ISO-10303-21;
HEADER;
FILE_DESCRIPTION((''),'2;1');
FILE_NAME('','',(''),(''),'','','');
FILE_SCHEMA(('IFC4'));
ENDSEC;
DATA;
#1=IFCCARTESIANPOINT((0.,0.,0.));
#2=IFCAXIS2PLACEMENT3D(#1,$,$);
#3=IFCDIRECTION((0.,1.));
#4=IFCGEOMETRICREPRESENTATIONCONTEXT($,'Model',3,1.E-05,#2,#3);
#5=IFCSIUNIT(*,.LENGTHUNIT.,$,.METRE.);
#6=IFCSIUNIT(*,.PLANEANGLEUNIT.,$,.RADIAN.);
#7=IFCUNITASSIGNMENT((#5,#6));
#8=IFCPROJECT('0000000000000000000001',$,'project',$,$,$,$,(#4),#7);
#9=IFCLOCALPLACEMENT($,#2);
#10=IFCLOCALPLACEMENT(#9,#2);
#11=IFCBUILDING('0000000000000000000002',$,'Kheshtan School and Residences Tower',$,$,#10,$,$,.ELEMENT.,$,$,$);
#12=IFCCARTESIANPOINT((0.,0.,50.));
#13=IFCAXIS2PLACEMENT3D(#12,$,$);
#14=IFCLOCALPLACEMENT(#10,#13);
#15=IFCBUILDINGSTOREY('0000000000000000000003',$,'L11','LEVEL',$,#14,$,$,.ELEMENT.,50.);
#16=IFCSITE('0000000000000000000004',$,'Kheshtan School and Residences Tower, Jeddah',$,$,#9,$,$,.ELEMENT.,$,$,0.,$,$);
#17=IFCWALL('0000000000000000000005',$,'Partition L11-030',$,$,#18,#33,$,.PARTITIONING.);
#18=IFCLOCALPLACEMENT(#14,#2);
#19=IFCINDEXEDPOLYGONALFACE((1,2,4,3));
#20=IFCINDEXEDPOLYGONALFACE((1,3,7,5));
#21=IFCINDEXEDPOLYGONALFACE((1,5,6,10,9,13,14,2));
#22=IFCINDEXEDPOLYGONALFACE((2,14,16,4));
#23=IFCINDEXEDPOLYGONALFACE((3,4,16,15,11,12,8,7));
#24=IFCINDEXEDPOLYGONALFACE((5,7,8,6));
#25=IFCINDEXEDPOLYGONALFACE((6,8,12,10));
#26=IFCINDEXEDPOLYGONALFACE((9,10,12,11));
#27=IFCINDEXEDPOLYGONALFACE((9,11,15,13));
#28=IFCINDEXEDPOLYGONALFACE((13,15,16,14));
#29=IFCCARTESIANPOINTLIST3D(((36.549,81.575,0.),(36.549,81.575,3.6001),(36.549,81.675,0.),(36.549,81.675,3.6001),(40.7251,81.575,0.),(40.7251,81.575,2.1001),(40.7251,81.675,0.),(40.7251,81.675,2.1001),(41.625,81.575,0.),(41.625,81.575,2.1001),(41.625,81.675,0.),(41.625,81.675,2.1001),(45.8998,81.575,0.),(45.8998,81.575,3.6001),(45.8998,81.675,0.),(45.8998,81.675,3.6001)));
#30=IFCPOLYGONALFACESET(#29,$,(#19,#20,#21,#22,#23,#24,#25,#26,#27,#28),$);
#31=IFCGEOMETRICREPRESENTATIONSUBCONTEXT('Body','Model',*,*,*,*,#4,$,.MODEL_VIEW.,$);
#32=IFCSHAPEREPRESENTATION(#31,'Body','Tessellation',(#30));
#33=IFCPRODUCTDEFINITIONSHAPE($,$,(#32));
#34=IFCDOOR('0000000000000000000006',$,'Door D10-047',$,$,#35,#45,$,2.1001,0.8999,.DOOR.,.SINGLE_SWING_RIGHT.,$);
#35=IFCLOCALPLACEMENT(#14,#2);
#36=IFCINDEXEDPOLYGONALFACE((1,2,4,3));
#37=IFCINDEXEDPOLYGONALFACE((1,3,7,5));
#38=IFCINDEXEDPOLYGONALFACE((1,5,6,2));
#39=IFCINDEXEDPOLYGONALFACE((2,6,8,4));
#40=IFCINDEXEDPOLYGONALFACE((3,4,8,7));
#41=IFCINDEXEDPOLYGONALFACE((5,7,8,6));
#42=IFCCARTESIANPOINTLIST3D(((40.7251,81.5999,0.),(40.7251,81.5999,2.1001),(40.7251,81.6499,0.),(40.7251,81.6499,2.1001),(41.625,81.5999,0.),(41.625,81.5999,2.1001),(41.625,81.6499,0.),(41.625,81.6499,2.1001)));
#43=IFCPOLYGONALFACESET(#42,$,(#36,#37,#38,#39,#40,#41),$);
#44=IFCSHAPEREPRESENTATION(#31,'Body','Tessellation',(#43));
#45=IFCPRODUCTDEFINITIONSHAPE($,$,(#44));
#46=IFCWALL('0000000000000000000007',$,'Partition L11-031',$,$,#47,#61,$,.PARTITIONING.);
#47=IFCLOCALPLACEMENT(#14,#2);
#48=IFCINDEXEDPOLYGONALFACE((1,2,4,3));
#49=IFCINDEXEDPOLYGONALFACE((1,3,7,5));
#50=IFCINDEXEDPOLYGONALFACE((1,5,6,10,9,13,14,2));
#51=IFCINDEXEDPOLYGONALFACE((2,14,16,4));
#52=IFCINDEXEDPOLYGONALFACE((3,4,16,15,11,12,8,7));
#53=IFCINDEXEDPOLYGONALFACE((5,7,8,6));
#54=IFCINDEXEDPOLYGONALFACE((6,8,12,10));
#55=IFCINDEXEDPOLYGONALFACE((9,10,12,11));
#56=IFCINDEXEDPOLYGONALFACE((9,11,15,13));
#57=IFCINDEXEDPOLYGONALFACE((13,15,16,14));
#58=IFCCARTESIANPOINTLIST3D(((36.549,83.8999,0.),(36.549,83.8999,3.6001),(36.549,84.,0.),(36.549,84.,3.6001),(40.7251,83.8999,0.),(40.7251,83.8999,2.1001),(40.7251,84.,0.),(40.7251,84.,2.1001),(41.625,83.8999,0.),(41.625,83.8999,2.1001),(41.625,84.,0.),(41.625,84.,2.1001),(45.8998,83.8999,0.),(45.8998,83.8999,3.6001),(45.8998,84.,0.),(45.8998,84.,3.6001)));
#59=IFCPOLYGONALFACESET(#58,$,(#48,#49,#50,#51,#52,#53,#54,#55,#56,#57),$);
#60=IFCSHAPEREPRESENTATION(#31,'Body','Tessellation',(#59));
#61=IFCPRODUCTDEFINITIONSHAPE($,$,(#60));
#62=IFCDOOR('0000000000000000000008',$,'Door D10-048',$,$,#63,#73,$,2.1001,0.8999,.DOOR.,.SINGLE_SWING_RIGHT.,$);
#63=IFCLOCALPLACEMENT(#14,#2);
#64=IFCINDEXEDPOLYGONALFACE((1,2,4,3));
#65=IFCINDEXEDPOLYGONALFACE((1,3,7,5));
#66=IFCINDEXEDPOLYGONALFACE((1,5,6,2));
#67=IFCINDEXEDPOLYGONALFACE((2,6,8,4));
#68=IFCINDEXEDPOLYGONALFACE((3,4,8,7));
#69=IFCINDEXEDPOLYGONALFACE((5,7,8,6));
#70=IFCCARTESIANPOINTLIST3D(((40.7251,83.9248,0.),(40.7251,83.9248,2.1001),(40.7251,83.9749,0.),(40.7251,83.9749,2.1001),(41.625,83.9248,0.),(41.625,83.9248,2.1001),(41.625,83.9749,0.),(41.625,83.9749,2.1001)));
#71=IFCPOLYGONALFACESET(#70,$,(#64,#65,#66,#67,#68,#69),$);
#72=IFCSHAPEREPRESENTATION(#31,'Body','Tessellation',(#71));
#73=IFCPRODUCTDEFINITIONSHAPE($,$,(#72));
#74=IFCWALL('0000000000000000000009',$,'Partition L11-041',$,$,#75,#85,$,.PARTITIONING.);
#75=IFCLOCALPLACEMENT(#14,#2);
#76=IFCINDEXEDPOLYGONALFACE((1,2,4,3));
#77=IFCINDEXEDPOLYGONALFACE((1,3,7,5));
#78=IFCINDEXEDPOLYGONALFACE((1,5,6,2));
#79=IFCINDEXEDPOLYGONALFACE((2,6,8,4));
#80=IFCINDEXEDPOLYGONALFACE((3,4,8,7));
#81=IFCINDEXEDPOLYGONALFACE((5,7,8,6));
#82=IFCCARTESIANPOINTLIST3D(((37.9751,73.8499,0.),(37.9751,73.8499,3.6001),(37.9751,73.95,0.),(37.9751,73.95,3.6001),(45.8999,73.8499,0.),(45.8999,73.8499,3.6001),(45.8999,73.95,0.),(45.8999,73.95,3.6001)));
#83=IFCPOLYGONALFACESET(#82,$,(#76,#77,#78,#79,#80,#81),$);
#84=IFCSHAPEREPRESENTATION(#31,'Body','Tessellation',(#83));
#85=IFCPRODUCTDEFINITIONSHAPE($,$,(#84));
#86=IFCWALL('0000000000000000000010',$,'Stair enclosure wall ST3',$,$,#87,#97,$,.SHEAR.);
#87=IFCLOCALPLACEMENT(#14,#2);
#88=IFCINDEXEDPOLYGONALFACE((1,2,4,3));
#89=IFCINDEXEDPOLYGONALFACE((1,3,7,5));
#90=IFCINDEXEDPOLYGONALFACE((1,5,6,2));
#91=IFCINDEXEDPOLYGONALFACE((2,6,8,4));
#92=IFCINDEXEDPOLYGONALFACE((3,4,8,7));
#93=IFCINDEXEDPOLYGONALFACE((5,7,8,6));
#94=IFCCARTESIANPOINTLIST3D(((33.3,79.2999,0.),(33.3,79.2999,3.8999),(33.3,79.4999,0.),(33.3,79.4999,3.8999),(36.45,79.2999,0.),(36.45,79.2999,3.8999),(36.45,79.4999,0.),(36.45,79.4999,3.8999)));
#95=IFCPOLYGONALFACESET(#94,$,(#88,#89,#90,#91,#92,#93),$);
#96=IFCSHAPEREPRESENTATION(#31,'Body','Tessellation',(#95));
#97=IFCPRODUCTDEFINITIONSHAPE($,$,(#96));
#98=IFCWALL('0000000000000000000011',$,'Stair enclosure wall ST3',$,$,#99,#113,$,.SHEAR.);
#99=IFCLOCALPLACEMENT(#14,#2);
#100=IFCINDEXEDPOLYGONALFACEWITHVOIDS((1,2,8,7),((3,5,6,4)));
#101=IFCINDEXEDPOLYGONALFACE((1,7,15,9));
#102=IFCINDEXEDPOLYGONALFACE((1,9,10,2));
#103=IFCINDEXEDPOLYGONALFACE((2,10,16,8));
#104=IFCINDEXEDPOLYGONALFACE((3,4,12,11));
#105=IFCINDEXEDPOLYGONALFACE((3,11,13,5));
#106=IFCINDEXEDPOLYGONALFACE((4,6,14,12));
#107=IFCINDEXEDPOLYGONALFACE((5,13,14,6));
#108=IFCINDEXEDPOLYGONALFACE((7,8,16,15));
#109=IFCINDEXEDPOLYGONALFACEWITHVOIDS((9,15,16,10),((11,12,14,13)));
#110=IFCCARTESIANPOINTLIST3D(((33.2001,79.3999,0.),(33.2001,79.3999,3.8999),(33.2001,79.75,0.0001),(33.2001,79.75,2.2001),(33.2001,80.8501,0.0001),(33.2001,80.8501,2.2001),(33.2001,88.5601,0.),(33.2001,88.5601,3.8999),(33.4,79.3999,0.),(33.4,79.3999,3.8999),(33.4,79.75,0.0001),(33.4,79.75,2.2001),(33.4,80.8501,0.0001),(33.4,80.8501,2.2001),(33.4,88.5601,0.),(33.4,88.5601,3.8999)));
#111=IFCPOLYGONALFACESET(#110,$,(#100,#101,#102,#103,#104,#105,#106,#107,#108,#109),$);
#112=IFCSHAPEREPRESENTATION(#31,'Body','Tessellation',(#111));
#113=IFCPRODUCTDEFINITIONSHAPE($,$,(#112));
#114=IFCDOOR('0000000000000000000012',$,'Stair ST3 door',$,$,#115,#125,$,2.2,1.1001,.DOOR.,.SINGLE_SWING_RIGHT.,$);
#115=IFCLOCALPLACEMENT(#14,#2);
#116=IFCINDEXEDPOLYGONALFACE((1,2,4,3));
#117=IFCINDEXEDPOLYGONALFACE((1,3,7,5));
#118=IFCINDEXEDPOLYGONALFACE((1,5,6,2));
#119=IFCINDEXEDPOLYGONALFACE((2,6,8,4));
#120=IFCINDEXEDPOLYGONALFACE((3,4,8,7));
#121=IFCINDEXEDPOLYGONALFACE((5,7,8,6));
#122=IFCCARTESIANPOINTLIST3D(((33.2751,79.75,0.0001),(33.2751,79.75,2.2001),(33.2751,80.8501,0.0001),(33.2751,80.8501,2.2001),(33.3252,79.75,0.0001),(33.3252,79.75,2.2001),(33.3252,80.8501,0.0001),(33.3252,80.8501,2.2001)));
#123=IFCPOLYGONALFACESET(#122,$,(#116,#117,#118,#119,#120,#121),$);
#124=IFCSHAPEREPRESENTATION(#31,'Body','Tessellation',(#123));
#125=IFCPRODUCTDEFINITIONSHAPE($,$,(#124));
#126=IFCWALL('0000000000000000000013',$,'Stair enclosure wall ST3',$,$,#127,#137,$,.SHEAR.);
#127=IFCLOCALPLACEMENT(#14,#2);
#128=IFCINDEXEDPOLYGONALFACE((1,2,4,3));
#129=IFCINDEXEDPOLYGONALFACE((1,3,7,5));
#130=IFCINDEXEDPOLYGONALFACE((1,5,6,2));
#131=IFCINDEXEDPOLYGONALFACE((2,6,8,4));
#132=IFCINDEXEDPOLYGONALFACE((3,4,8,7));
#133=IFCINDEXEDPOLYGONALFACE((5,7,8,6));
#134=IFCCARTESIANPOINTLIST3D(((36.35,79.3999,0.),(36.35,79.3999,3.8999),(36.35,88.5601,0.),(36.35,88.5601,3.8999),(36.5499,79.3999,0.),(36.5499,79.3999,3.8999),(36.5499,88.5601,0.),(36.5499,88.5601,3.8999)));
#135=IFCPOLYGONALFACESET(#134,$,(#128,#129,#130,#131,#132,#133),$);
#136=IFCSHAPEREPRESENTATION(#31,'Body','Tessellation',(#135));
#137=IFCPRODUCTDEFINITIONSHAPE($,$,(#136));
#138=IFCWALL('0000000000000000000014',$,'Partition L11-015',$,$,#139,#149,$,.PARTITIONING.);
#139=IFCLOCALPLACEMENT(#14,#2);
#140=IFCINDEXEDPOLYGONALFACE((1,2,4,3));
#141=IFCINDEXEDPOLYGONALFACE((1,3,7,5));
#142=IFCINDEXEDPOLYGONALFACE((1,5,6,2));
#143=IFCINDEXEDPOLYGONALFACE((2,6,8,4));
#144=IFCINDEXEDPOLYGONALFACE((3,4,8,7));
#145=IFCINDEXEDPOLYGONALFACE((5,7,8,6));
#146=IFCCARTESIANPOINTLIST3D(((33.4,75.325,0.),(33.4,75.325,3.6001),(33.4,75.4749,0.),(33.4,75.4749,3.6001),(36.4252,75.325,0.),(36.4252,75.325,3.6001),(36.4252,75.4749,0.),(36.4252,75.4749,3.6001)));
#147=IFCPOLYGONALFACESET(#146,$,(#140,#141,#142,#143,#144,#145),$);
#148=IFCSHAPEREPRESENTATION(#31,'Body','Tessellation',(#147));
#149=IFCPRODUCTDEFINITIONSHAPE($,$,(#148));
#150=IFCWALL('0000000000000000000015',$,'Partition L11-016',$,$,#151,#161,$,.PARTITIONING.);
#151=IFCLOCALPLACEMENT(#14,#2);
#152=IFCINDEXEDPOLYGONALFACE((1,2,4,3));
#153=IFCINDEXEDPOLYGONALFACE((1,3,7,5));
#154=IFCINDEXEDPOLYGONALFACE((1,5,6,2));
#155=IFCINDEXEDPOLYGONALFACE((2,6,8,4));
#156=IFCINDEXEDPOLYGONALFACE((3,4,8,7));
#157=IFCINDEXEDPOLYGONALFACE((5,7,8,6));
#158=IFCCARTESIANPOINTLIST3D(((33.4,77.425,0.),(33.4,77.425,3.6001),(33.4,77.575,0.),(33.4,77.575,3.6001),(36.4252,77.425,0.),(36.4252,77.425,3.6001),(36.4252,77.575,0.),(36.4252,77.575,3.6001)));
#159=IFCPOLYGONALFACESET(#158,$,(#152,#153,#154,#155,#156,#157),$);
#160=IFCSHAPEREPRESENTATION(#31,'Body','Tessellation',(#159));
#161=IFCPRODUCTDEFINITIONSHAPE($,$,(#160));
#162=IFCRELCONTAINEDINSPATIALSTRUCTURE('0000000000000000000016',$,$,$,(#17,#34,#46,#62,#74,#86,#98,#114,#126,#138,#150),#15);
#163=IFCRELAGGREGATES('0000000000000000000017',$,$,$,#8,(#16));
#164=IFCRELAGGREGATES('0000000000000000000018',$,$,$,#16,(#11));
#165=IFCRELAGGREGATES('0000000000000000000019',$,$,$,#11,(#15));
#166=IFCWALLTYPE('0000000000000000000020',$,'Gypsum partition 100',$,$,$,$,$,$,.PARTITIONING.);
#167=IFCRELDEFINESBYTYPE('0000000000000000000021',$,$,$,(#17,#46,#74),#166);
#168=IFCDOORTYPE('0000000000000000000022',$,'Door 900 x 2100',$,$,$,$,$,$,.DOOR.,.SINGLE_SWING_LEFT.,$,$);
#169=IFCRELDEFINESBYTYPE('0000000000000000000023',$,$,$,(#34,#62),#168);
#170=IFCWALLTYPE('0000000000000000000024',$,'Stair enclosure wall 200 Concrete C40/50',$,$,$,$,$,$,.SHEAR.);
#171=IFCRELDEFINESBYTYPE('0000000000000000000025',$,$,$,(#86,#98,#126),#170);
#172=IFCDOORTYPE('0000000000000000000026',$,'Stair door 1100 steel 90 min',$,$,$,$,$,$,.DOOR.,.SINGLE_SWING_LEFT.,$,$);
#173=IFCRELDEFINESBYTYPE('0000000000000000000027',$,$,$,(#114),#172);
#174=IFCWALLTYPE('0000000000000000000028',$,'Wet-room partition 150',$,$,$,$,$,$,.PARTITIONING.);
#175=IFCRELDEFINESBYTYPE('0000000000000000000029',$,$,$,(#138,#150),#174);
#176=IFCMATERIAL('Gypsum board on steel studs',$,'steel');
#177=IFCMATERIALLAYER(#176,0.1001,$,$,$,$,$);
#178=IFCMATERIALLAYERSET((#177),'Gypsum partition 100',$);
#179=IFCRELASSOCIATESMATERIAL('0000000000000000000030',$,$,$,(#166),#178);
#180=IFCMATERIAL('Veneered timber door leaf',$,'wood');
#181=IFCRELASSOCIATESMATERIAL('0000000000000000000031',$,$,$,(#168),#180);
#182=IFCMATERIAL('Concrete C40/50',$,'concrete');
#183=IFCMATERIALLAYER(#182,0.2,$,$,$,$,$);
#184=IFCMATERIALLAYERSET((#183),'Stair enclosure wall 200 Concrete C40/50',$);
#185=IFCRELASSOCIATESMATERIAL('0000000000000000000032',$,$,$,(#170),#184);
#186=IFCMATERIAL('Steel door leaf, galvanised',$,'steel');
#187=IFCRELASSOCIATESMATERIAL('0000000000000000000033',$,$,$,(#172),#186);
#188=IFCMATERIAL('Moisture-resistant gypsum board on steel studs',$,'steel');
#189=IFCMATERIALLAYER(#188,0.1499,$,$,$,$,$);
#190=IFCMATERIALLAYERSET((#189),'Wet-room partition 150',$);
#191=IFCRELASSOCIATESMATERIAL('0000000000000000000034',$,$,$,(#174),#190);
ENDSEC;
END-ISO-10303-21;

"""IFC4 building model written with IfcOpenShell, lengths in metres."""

from ifc_helpers import new_model, si_unit, direction, frame, frame_2d, origin, place, context, subcontext, project, spatial, rectangle, extrude, source, transform, mapped, material, layer, layer_set, type_object, element, fill, save


model = new_model("IFC4")

# Units and contexts
model_context = context("Model", 3, precision=1e-05, world=origin(), true_north=direction((0.0, 1.0)))
body_context = subcontext(model_context, "Body", "Model", "MODEL_VIEW")
ifc_project = project(units=[si_unit("LENGTHUNIT", "METRE"), si_unit("PLANEANGLEUNIT", "RADIAN")], contexts=[model_context])

# Site, building, storey
site_placement = place(None, origin())
site = spatial("IfcSite", under=ifc_project, at=site_placement, Name="Kheshtan School and Residences Tower, Jeddah", CompositionType="ELEMENT", RefElevation=0.0)
building_placement = place(site_placement, origin())
building = spatial("IfcBuilding", under=site, at=building_placement, Name="Kheshtan School and Residences Tower", CompositionType="ELEMENT")
storey_placement = place(building_placement, frame((0.0, 0.0, 50.0)))
storey = spatial("IfcBuildingStorey", under=building, at=storey_placement, Name="L11", Description="LEVEL", CompositionType="ELEMENT", Elevation=50.0)

# Shared definitions
ifc_material_1 = material(Name="Gypsum board on steel studs", Category="steel")
ifc_layer_1 = layer(ifc_material_1, 0.1001)
ifc_layer_set_1 = layer_set([ifc_layer_1], Name="Gypsum partition 100")
wall_type_1 = type_object("IfcWallType", Name="Gypsum partition 100", PredefinedType="PARTITIONING", material=ifc_layer_set_1)

# Walls, openings, doors
ifc_material_2 = material(Name="Veneered timber door leaf", Category="wood")
door_type_1 = type_object("IfcDoorType", Name="Door 900 x 2100", OperationType="SINGLE_SWING_LEFT", PredefinedType="DOOR", material=ifc_material_2)
shared_shape_1 = source(origin(), body_context, "Body", "SweptSolid", [
    extrude(rectangle(XDim=0.8999, YDim=2.1001, at=frame_2d((0.45, 1.05))), frame((0.0, 0.0249, 0.0), z_axis=(0.0, -1.0, 0.0), x_axis=(1.0, 0.0, 0.0)), (0.0, 0.0, 1.0), 0.05),
])
wall_1_placement = place(storey_placement, frame((36.5491, 81.625, 0.0), z_axis=(0.0, 0.0, 1.0), x_axis=(1.0, 0.0, 0.0)))
wall_1 = element("IfcWall", 1, at=wall_1_placement, inside=storey, type_object=wall_type_1, Name="Partition L11-030", PredefinedType="PARTITIONING", context=body_context, shape_type="SweptSolid", body=[
    extrude(rectangle(XDim=9.3508, YDim=0.1001, at=frame_2d((4.6753, 0.0))), origin(), (0.0, 0.0, 1.0), 3.6001),
])
opening_1_placement = place(wall_1_placement, frame((4.176, 0.0, 0.0)))
opening_1 = element("IfcOpeningElement", 2, at=opening_1_placement, cuts=wall_1, PredefinedType="OPENING", context=body_context, shape_type="SweptSolid", body=[
    extrude(rectangle(XDim=0.8999, YDim=2.1001, at=frame_2d((0.45, 1.05))), frame((0.0, 0.0601, 0.0), z_axis=(0.0, -1.0, 0.0), x_axis=(1.0, 0.0, 0.0)), (0.0, 0.0, 1.0), 0.1201),
])
door_1_placement = place(opening_1_placement, origin())
door_1 = element("IfcDoor", 3, at=door_1_placement, inside=storey, type_object=door_type_1, Name="Door D10-047", OperationType="SINGLE_SWING_RIGHT", OverallHeight=2.1001, OverallWidth=0.8999, PredefinedType="DOOR", context=body_context, shape_type="MappedRepresentation", body=[
    mapped(shared_shape_1, transform((0.0, 0.0, 0.0), x_axis=(1.0, 0.0, 0.0), y_axis=(0.0, 1.0, 0.0), z_axis=(0.0, 0.0, 1.0), scale=1.0)),
])
fill(opening_1, door_1)
wall_2_placement = place(storey_placement, frame((36.5491, 83.95, 0.0), z_axis=(0.0, 0.0, 1.0), x_axis=(1.0, 0.0, 0.0)))
wall_2 = element("IfcWall", 4, at=wall_2_placement, inside=storey, type_object=wall_type_1, Name="Partition L11-031", PredefinedType="PARTITIONING", context=body_context, shape_type="SweptSolid", body=[
    extrude(rectangle(XDim=9.3508, YDim=0.1001, at=frame_2d((4.6753, 0.0))), origin(), (0.0, 0.0, 1.0), 3.6001),
])
opening_2_placement = place(wall_2_placement, frame((4.176, 0.0, 0.0)))
opening_2 = element("IfcOpeningElement", 5, at=opening_2_placement, cuts=wall_2, PredefinedType="OPENING", context=body_context, shape_type="SweptSolid", body=[
    extrude(rectangle(XDim=0.8999, YDim=2.1001, at=frame_2d((0.45, 1.05))), frame((0.0, 0.0601, 0.0), z_axis=(0.0, -1.0, 0.0), x_axis=(1.0, 0.0, 0.0)), (0.0, 0.0, 1.0), 0.1201),
])
door_2_placement = place(opening_2_placement, origin())
door_2 = element("IfcDoor", 6, at=door_2_placement, inside=storey, type_object=door_type_1, Name="Door D10-048", OperationType="SINGLE_SWING_RIGHT", OverallHeight=2.1001, OverallWidth=0.8999, PredefinedType="DOOR", context=body_context, shape_type="MappedRepresentation", body=[
    mapped(shared_shape_1, transform((0.0, 0.0, 0.0), x_axis=(1.0, 0.0, 0.0), y_axis=(0.0, 1.0, 0.0), z_axis=(0.0, 0.0, 1.0), scale=1.0)),
])
fill(opening_2, door_2)

# Walls
wall_3_placement = place(storey_placement, frame((37.9751, 73.8999, 0.0), z_axis=(0.0, 0.0, 1.0), x_axis=(1.0, 0.0, 0.0)))
element("IfcWall", 7, at=wall_3_placement, inside=storey, type_object=wall_type_1, Name="Partition L11-041", PredefinedType="PARTITIONING", context=body_context, shape_type="SweptSolid", body=[
    extrude(rectangle(XDim=7.9248, YDim=0.1001, at=frame_2d((3.9624, 0.0))), origin(), (0.0, 0.0, 1.0), 3.6001),
])
ifc_material_3 = material(Name="Concrete C40/50", Category="concrete")
ifc_layer_2 = layer(ifc_material_3, 0.2)
ifc_layer_set_2 = layer_set([ifc_layer_2], Name="Stair enclosure wall 200 Concrete C40/50")
wall_type_2 = type_object("IfcWallType", Name="Stair enclosure wall 200 Concrete C40/50", PredefinedType="SHEAR", material=ifc_layer_set_2)
wall_4_placement = place(storey_placement, frame((33.3, 79.3999, 0.0), z_axis=(0.0, 0.0, 1.0), x_axis=(1.0, 0.0, 0.0)))
element("IfcWall", 8, at=wall_4_placement, inside=storey, type_object=wall_type_2, Name="Stair enclosure wall ST3", PredefinedType="SHEAR", context=body_context, shape_type="SweptSolid", body=[
    extrude(rectangle(XDim=3.1499, YDim=0.2, at=frame_2d((1.575, 0.0))), origin(), (0.0, 0.0, 1.0), 3.8999),
])

# Wall, opening, door
wall_5_placement = place(storey_placement, frame((33.3, 79.3999, 0.0), z_axis=(0.0, 0.0, 1.0), x_axis=(0.0, 1.0, 0.0)))
wall_5 = element("IfcWall", 9, at=wall_5_placement, inside=storey, type_object=wall_type_2, Name="Stair enclosure wall ST3", PredefinedType="SHEAR", context=body_context, shape_type="SweptSolid", body=[
    extrude(rectangle(XDim=9.1602, YDim=0.2, at=frame_2d((4.5801, 0.0))), origin(), (0.0, 0.0, 1.0), 3.8999),
])
opening_3_placement = place(wall_5_placement, frame((0.3501, 0.0, 0.0)))
opening_3 = element("IfcOpeningElement", 10, at=opening_3_placement, cuts=wall_5, PredefinedType="OPENING", context=body_context, shape_type="SweptSolid", body=[
    extrude(rectangle(XDim=1.1001, YDim=2.2, at=frame_2d((0.55, 1.1001))), frame((0.0, 0.1099, 0.0), z_axis=(0.0, -1.0, 0.0), x_axis=(1.0, 0.0, 0.0)), (0.0, 0.0, 1.0), 0.22),
])
ifc_material_4 = material(Name="Steel door leaf, galvanised", Category="steel")
door_type_2 = type_object("IfcDoorType", Name="Stair door 1100 steel 90 min", OperationType="SINGLE_SWING_LEFT", PredefinedType="DOOR", material=ifc_material_4)
shared_shape_2 = source(origin(), body_context, "Body", "SweptSolid", [
    extrude(rectangle(XDim=1.1001, YDim=2.2, at=frame_2d((0.55, 1.1001))), frame((0.0, 0.0249, 0.0), z_axis=(0.0, -1.0, 0.0), x_axis=(1.0, 0.0, 0.0)), (0.0, 0.0, 1.0), 0.05),
])
door_3_placement = place(opening_3_placement, origin())
door_3 = element("IfcDoor", 11, at=door_3_placement, inside=storey, type_object=door_type_2, Name="Stair ST3 door", OperationType="SINGLE_SWING_RIGHT", OverallHeight=2.2, OverallWidth=1.1001, PredefinedType="DOOR", context=body_context, shape_type="MappedRepresentation", body=[
    mapped(shared_shape_2, transform((0.0, 0.0, 0.0), x_axis=(1.0, 0.0, 0.0), y_axis=(0.0, 1.0, 0.0), z_axis=(0.0, 0.0, 1.0), scale=1.0)),
])
fill(opening_3, door_3)

# Walls
wall_6_placement = place(storey_placement, frame((36.45, 79.3999, 0.0), z_axis=(0.0, 0.0, 1.0), x_axis=(0.0, 1.0, 0.0)))
element("IfcWall", 12, at=wall_6_placement, inside=storey, type_object=wall_type_2, Name="Stair enclosure wall ST3", PredefinedType="SHEAR", context=body_context, shape_type="SweptSolid", body=[
    extrude(rectangle(XDim=9.1602, YDim=0.2, at=frame_2d((4.5801, 0.0))), origin(), (0.0, 0.0, 1.0), 3.8999),
])
ifc_material_5 = material(Name="Moisture-resistant gypsum board on steel studs", Category="steel")
ifc_layer_3 = layer(ifc_material_5, 0.1499)
ifc_layer_set_3 = layer_set([ifc_layer_3], Name="Wet-room partition 150")
wall_type_3 = type_object("IfcWallType", Name="Wet-room partition 150", PredefinedType="PARTITIONING", material=ifc_layer_set_3)
for number, where, z_axis, x_axis, name in (
    (13, (33.3999, 75.3999, 0.0), (0.0, 0.0, 1.0), (1.0, 0.0, 0.0), "Partition L11-015"),
    (14, (33.3999, 77.5, 0.0), (0.0, 0.0, 1.0), (1.0, 0.0, 0.0), "Partition L11-016"),
):
    element("IfcWall", number, at=place(storey_placement, frame(where, z_axis=z_axis, x_axis=x_axis)), inside=storey, type_object=wall_type_3, Name=name, PredefinedType="PARTITIONING", context=body_context, shape_type="SweptSolid", body=[
        extrude(rectangle(XDim=3.0251, YDim=0.1499, at=frame_2d((1.5127, 0.0))), origin(), (0.0, 0.0, 1.0), 3.6001),
    ])

save(model, "model.ifc")
